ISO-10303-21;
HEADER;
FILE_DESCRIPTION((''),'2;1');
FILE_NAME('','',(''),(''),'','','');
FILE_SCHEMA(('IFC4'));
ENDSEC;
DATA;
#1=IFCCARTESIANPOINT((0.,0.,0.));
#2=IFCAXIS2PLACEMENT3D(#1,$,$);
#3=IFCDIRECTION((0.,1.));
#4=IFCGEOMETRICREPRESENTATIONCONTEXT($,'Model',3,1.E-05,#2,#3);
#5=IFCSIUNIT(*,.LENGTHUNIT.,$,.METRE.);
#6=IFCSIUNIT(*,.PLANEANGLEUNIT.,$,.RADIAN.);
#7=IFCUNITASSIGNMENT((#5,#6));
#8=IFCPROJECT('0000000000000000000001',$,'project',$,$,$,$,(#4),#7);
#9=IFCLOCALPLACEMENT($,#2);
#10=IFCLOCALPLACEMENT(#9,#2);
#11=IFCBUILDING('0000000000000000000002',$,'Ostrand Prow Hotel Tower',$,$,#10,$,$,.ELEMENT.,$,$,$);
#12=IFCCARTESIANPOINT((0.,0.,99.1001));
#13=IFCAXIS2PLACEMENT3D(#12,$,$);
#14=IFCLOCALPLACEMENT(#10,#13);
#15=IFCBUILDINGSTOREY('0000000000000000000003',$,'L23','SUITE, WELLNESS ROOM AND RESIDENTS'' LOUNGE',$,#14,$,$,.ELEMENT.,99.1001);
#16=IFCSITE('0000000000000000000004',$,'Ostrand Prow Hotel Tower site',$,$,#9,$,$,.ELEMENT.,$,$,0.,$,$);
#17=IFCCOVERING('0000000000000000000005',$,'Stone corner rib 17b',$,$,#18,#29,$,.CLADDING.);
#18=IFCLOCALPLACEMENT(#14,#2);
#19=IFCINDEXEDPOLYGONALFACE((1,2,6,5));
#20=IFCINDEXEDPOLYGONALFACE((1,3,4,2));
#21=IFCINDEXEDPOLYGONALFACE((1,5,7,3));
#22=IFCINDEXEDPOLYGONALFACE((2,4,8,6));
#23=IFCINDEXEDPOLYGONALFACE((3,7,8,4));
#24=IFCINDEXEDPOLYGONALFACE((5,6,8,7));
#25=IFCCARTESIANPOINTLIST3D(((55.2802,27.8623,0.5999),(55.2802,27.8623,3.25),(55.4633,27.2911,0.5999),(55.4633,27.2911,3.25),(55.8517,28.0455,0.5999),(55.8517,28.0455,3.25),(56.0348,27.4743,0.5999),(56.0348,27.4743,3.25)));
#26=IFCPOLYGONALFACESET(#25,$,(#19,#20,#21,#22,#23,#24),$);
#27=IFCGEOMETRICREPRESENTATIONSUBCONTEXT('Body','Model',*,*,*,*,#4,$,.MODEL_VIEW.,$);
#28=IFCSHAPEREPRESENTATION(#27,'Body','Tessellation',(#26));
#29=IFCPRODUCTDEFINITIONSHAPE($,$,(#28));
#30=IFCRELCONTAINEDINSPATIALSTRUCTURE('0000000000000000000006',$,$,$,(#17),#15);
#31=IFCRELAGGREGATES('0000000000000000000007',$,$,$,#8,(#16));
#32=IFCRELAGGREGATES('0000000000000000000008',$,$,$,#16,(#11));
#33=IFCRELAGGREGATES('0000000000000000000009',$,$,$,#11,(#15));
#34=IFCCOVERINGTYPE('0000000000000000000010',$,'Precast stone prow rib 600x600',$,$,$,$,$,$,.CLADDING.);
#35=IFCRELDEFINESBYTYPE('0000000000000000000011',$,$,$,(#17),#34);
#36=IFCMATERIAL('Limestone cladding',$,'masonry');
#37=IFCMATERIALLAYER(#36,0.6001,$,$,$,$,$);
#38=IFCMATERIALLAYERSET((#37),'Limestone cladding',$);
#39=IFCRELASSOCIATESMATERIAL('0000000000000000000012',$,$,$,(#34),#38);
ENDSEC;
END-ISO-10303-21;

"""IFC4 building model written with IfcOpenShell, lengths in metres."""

from ifc_helpers import new_model, si_unit, direction, frame, frame_2d, origin, place, context, subcontext, project, spatial, rectangle, extrude, material, layer, layer_set, type_object, element, save


model = new_model("IFC4")

# Units and contexts
model_context = context("Model", 3, precision=1e-05, world=origin(), true_north=direction((0.0, 1.0)))
body_context = subcontext(model_context, "Body", "Model", "MODEL_VIEW")
ifc_project = project(units=[si_unit("LENGTHUNIT", "METRE"), si_unit("PLANEANGLEUNIT", "RADIAN")], contexts=[model_context])

# Site, building, storey
site_placement = place(None, origin())
site = spatial("IfcSite", under=ifc_project, at=site_placement, Name="Ostrand Prow Hotel Tower site", CompositionType="ELEMENT", RefElevation=0.0)
building_placement = place(site_placement, origin())
building = spatial("IfcBuilding", under=site, at=building_placement, Name="Ostrand Prow Hotel Tower", CompositionType="ELEMENT")
storey_placement = place(building_placement, frame((0.0, 0.0, 99.1001)))
storey = spatial("IfcBuildingStorey", under=building, at=storey_placement, Name="L23", Description="SUITE, WELLNESS ROOM AND RESIDENTS' LOUNGE", CompositionType="ELEMENT", Elevation=99.1001)

# Covering
ifc_material_1 = material(Name="Limestone cladding", Category="masonry")
ifc_layer_1 = layer(ifc_material_1, 0.6001)
ifc_layer_set_1 = layer_set([ifc_layer_1], Name="Limestone cladding")
covering_type = type_object("IfcCoveringType", Name="Precast stone prow rib 600x600", PredefinedType="CLADDING", material=ifc_layer_set_1)
covering_placement = place(storey_placement, frame((55.749, 27.3828, 0.5999), z_axis=(0.0, 0.0, 1.0), x_axis=(-0.305219, 0.952282, 0.0)))
element("IfcCovering", 1, at=covering_placement, inside=storey, type_object=covering_type, Name="Stone corner rib 17b", PredefinedType="CLADDING", context=body_context, shape_type="SweptSolid", body=[
    extrude(rectangle(XDim=0.5999, YDim=0.6001, at=frame_2d((0.2998, 0.0))), origin(), (0.0, 0.0, 1.0), 2.6501),
])

save(model, "model.ifc")
